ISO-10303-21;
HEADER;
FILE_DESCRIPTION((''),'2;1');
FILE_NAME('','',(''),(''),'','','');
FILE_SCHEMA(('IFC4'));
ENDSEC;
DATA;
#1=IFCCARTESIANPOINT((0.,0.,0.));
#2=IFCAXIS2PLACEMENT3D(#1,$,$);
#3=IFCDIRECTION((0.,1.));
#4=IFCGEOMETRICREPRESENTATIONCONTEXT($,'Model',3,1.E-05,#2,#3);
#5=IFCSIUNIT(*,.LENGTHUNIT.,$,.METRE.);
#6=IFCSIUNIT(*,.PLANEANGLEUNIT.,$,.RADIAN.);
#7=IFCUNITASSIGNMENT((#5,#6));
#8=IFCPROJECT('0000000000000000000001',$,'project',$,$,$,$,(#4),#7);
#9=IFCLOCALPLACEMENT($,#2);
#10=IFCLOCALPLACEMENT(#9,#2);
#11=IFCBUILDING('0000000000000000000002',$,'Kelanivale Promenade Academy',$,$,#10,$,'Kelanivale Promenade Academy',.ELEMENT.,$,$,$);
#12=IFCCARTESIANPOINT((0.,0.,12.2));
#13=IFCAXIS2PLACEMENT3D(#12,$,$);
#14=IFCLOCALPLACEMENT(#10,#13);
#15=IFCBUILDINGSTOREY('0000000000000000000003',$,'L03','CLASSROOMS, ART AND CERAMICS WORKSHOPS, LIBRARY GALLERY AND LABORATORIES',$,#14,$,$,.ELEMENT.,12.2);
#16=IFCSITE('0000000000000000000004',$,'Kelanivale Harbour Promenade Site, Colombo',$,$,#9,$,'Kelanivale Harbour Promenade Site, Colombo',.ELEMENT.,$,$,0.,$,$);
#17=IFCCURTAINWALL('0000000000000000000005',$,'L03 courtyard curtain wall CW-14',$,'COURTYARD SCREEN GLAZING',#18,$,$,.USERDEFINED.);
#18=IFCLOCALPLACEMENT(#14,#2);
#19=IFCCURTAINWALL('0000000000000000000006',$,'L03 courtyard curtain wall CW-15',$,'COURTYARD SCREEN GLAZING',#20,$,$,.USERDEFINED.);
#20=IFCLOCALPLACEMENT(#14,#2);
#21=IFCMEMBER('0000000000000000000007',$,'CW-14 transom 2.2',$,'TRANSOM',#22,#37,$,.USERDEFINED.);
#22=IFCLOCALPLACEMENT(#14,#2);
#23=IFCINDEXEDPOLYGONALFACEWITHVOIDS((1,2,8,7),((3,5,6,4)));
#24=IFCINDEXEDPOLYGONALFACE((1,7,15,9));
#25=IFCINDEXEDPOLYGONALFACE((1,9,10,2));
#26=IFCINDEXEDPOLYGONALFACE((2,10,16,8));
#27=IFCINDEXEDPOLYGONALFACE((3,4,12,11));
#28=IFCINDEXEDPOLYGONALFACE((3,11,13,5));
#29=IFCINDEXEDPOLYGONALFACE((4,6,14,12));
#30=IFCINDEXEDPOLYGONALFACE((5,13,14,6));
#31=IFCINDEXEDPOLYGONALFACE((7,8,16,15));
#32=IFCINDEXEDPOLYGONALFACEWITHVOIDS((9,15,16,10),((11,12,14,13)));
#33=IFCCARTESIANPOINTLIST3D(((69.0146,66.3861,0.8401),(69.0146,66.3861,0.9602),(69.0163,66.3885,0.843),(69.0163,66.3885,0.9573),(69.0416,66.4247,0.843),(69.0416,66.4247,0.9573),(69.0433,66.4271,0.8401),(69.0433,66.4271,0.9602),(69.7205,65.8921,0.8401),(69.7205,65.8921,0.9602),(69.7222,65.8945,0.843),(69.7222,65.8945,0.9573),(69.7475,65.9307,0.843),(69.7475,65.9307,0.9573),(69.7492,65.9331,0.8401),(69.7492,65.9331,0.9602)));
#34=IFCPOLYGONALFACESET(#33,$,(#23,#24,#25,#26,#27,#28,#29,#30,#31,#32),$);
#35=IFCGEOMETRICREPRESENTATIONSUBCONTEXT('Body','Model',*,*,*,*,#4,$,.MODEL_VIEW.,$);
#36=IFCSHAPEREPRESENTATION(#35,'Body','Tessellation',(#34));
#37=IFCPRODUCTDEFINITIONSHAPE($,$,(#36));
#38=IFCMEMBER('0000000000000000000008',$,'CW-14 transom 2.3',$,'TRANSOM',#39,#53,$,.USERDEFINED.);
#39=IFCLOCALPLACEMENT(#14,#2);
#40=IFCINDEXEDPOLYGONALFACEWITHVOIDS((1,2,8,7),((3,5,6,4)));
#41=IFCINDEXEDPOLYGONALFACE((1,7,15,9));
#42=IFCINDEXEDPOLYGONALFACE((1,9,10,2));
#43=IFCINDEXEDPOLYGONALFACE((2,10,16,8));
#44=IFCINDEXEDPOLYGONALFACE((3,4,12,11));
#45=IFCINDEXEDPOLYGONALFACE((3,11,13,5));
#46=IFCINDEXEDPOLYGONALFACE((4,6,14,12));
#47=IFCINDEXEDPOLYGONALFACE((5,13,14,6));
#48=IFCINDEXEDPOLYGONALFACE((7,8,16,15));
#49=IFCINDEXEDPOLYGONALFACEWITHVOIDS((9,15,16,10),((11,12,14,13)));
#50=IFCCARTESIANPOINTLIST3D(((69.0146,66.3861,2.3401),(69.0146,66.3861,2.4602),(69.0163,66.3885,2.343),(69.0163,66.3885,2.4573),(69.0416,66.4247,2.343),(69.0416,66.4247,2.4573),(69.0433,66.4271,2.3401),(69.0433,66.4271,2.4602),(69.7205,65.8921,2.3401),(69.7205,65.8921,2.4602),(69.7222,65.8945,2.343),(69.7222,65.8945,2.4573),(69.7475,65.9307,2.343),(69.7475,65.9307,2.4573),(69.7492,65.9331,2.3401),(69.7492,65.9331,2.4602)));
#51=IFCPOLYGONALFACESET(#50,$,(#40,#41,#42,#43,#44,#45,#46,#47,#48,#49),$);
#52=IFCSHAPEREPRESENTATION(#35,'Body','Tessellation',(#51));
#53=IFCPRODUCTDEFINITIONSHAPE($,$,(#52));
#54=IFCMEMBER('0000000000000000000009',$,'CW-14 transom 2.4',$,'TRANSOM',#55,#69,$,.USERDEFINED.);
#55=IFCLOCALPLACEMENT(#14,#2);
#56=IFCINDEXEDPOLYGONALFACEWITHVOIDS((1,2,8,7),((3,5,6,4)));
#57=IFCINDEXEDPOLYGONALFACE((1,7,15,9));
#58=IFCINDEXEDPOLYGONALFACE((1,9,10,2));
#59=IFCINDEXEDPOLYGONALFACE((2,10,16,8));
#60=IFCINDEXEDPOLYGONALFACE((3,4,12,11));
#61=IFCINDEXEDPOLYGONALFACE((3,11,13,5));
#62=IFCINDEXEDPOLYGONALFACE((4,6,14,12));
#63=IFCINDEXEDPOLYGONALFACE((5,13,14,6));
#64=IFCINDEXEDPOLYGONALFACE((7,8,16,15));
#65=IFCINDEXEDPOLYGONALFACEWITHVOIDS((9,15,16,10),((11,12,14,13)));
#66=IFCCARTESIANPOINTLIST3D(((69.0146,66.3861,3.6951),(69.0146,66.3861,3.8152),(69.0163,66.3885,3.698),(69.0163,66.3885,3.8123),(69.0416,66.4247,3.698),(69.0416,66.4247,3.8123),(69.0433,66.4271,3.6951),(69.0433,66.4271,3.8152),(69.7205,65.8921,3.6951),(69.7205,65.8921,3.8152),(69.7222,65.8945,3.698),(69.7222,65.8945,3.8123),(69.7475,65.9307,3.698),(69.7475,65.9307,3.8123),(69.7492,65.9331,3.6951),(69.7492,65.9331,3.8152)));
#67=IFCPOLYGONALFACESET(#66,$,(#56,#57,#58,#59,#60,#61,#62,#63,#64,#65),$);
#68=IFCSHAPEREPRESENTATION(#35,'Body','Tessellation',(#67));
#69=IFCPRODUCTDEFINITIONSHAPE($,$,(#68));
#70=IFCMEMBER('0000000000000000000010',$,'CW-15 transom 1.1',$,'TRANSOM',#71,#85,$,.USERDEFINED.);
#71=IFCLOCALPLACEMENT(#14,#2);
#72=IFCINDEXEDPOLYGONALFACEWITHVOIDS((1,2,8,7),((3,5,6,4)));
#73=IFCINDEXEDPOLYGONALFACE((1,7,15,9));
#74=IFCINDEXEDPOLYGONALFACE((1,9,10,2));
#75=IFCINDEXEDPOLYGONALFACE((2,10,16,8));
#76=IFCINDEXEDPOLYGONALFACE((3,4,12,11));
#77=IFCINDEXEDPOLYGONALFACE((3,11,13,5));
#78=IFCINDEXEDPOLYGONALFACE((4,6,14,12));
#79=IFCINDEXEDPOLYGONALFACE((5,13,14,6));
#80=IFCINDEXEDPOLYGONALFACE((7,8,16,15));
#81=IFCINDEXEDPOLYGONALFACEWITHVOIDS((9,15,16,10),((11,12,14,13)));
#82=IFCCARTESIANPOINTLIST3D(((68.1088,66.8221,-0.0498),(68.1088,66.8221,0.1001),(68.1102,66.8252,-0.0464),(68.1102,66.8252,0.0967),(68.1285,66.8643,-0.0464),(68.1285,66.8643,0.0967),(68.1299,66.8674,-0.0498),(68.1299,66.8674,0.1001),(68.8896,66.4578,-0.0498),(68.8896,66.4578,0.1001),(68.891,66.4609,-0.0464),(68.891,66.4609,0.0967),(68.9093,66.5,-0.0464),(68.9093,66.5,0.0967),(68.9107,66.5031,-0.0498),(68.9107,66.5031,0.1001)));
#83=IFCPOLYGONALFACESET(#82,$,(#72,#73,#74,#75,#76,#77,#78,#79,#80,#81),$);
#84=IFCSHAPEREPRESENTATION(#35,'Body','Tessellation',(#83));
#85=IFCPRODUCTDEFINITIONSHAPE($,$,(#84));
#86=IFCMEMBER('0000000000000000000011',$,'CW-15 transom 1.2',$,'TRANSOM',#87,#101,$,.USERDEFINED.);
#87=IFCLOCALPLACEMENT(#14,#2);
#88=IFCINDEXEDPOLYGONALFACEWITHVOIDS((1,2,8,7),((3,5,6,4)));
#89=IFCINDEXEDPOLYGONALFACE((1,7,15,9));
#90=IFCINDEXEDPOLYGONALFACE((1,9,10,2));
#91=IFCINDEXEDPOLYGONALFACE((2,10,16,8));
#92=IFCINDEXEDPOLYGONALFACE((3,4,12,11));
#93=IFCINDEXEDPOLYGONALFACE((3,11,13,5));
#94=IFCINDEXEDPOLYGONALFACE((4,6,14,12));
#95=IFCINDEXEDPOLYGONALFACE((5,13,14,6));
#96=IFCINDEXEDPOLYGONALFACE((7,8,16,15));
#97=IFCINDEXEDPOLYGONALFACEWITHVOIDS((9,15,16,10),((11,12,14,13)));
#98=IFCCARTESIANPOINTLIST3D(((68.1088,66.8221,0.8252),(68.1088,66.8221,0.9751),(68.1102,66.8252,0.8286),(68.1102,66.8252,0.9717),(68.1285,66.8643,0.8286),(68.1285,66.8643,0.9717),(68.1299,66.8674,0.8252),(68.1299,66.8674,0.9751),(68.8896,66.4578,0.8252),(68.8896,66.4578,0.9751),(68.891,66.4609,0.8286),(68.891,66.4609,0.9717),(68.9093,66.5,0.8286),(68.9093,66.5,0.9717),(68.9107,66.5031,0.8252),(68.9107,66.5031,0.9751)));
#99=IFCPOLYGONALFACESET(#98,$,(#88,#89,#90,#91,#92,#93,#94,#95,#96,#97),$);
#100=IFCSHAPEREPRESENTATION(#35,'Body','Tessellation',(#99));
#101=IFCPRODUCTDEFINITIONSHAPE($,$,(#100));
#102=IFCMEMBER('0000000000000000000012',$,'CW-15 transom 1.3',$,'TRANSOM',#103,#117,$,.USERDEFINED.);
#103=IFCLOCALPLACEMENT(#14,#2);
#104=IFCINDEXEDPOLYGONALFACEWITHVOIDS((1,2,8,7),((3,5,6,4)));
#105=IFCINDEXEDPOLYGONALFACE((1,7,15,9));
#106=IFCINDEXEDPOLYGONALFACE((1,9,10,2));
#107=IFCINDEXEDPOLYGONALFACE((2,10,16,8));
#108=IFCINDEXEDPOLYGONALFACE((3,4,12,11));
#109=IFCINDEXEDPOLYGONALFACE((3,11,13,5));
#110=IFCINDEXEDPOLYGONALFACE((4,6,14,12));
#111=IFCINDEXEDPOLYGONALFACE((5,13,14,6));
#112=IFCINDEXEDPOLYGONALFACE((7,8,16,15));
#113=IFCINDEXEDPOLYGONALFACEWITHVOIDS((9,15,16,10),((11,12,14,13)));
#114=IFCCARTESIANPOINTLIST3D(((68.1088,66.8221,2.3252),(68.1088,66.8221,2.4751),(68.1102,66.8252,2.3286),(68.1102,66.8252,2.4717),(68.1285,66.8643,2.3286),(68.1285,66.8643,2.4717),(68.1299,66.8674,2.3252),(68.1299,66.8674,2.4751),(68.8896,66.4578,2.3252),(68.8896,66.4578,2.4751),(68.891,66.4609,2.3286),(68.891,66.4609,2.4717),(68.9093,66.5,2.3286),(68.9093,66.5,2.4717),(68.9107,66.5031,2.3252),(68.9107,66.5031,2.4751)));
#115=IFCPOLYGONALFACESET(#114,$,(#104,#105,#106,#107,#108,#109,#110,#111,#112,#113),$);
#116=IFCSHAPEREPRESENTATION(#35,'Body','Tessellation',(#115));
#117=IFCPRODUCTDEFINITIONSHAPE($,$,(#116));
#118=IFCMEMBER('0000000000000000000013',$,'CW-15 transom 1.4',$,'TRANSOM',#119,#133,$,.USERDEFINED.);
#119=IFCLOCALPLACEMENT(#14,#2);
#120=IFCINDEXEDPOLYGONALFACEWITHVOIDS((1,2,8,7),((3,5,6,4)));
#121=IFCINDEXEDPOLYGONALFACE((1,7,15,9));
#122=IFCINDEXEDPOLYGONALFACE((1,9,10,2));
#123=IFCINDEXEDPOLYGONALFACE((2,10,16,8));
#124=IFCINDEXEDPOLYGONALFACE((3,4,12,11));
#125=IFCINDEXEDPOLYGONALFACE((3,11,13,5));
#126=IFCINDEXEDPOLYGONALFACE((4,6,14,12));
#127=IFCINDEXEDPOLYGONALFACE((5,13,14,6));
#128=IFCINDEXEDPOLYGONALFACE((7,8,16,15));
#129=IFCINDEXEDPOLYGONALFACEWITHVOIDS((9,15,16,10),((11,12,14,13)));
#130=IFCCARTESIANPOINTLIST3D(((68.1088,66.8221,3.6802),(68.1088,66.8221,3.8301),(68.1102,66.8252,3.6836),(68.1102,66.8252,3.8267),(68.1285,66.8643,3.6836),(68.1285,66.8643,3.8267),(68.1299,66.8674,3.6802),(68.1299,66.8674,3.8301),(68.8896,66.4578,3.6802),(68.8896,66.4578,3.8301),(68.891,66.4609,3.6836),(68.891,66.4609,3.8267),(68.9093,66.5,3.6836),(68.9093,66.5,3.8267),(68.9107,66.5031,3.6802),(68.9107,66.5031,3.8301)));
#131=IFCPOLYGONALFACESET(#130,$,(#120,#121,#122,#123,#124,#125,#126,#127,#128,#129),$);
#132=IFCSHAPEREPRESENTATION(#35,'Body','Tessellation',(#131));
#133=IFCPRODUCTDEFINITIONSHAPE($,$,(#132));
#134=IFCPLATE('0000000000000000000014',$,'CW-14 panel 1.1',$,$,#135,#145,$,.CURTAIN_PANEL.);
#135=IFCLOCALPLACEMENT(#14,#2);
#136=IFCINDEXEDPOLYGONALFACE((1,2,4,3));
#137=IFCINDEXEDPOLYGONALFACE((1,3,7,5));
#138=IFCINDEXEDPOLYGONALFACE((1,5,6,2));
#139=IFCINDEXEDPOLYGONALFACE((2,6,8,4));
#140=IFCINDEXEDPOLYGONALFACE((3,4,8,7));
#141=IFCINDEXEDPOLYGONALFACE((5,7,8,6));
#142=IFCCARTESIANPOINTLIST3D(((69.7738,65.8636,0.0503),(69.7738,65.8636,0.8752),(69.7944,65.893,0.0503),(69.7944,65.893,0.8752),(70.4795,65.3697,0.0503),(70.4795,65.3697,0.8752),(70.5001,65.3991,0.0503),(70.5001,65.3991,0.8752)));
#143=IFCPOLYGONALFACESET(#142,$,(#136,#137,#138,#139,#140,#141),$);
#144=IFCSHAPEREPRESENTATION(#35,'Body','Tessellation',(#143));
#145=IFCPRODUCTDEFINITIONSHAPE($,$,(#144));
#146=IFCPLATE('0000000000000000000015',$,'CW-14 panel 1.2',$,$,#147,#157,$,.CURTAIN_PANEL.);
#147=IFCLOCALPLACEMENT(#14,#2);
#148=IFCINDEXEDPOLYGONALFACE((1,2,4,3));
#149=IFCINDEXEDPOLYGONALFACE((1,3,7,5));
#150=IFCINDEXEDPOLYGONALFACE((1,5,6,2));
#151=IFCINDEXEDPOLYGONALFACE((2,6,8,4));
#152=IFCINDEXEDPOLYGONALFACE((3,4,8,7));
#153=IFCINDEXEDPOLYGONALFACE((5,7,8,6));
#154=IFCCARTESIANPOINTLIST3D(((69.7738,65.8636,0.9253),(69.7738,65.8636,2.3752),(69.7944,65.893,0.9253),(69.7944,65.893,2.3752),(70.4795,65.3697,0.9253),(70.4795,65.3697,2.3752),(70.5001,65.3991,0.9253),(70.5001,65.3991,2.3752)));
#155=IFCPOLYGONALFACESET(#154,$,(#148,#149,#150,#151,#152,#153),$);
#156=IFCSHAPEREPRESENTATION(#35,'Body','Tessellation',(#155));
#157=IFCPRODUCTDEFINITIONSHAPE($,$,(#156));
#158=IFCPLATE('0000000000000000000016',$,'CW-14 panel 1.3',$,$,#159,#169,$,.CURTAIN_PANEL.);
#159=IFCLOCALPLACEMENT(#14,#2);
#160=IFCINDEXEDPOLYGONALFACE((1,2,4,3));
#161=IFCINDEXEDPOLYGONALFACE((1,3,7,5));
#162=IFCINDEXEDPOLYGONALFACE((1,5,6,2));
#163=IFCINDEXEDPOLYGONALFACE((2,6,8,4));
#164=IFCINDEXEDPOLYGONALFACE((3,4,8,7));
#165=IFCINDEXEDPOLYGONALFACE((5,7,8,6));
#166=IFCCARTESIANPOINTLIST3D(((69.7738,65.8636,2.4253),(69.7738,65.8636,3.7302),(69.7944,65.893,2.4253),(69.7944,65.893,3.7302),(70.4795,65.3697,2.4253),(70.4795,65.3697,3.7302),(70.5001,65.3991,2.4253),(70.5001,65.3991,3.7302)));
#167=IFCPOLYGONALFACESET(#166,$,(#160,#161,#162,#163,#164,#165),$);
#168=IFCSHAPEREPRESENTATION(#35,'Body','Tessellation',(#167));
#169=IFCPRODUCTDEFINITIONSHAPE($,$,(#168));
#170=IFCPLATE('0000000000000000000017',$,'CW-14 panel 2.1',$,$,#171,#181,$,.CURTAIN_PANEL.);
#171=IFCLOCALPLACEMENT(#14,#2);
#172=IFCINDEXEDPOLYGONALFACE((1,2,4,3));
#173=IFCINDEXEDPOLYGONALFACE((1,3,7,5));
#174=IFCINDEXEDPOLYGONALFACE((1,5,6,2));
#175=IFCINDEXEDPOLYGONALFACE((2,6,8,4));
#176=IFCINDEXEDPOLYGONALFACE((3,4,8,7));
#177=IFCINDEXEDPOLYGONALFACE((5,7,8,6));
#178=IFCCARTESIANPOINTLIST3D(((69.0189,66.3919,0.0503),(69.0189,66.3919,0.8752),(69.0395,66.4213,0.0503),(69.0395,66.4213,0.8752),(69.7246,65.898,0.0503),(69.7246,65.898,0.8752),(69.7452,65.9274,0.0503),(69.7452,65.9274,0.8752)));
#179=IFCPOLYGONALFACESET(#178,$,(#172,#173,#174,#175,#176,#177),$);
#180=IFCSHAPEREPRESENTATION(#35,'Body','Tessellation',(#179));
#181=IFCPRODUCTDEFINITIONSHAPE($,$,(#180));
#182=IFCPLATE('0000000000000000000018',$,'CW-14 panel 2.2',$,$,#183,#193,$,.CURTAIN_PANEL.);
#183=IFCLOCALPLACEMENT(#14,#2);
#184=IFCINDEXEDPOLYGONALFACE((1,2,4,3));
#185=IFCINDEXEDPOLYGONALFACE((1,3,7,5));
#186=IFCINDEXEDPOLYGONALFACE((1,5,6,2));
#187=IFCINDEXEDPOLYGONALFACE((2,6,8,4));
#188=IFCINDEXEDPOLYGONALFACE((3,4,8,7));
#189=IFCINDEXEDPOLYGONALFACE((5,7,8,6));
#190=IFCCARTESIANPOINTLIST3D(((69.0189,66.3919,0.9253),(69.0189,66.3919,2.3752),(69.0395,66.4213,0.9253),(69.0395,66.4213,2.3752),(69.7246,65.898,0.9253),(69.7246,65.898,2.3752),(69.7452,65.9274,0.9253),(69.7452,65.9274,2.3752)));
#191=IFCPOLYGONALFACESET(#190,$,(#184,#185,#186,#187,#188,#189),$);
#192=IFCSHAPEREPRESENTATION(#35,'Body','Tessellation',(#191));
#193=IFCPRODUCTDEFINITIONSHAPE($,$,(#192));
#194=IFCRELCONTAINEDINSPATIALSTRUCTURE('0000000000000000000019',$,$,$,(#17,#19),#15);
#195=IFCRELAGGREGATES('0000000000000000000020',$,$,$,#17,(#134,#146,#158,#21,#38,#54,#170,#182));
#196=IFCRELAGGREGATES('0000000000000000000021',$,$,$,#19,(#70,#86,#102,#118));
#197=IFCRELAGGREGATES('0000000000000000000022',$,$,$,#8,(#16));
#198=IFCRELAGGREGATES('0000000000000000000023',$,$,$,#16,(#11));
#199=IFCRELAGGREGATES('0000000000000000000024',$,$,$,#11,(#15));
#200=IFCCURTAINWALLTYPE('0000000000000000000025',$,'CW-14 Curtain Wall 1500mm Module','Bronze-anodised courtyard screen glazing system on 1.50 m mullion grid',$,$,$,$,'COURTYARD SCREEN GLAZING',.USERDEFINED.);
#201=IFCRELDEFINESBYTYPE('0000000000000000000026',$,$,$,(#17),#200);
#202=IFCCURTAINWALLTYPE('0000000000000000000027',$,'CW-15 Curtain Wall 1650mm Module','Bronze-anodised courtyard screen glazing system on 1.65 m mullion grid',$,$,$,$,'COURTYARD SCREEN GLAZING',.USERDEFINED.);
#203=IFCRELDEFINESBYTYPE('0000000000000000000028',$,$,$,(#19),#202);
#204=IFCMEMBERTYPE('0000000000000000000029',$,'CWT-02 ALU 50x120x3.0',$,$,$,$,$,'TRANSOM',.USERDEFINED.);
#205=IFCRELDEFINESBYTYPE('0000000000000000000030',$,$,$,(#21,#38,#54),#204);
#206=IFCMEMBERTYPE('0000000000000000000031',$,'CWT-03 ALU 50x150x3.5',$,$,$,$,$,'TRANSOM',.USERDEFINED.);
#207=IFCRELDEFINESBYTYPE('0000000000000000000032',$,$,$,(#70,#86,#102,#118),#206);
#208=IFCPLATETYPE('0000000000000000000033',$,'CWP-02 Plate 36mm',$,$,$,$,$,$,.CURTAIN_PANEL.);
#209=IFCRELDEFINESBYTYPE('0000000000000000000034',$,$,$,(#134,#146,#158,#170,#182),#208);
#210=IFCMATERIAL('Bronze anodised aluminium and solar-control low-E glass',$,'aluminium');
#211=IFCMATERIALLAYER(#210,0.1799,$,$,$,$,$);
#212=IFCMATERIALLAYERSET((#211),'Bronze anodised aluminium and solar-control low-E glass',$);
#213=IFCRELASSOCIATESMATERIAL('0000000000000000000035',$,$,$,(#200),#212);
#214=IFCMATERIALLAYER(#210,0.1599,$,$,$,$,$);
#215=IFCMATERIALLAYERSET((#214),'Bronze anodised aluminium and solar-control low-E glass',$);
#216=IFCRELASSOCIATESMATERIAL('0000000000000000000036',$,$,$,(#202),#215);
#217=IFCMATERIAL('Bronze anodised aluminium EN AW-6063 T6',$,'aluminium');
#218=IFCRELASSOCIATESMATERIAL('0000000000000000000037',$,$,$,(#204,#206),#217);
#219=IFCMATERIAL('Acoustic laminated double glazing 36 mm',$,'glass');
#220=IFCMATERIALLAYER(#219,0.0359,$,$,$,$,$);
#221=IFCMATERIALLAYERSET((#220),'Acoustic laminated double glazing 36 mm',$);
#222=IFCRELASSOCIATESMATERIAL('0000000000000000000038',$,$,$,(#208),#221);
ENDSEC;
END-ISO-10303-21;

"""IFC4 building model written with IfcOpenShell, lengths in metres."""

from ifc_helpers import new_model, si_unit, direction, frame, origin, origin_2d, place, context, subcontext, project, spatial, rectangle, hollow_rectangle, extrude, material, layer, layer_set, material_profile, profile_set, type_object, element, aggregate, save


model = new_model("IFC4")

# Units and contexts
model_context = context("Model", 3, precision=1e-05, world=origin(), true_north=direction((0.0, 1.0)))
body_context = subcontext(model_context, "Body", "Model", "MODEL_VIEW")
ifc_project = project(units=[si_unit("LENGTHUNIT", "METRE"), si_unit("PLANEANGLEUNIT", "RADIAN")], contexts=[model_context])

# Site, building, storey
site_placement = place(None, origin())
site = spatial("IfcSite", under=ifc_project, at=site_placement, Name="Kelanivale Harbour Promenade Site, Colombo", LongName="Kelanivale Harbour Promenade Site, Colombo", CompositionType="ELEMENT", RefElevation=0.0)
building_placement = place(site_placement, origin())
building = spatial("IfcBuilding", under=site, at=building_placement, Name="Kelanivale Promenade Academy", LongName="Kelanivale Promenade Academy", CompositionType="ELEMENT")
storey_placement = place(building_placement, frame((0.0, 0.0, 12.2)))
storey = spatial("IfcBuildingStorey", under=building, at=storey_placement, Name="L03", Description="CLASSROOMS, ART AND CERAMICS WORKSHOPS, LIBRARY GALLERY AND LABORATORIES", CompositionType="ELEMENT", Elevation=12.2)

# Shared definitions
ifc_material_1 = material(Name="Bronze anodised aluminium and solar-control low-E glass", Category="aluminium")
ifc_material_2 = material(Name="Bronze anodised aluminium EN AW-6063 T6", Category="aluminium")

# Curtain wall
ifc_layer_1 = layer(ifc_material_1, 0.1799)
ifc_layer_set_1 = layer_set([ifc_layer_1], Name="Bronze anodised aluminium and solar-control low-E glass")
curtain_wall_type_1 = type_object("IfcCurtainWallType", Name="CW-14 Curtain Wall 1500mm Module", Description="Bronze-anodised courtyard screen glazing system on 1.50 m mullion grid", ElementType="COURTYARD SCREEN GLAZING", PredefinedType="USERDEFINED", material=ifc_layer_set_1)
curtain_wall_1_placement = place(storey_placement, origin())
curtain_wall_1 = element("IfcCurtainWall", 1, at=curtain_wall_1_placement, inside=storey, type_object=curtain_wall_type_1, Name="L03 courtyard curtain wall CW-14", ObjectType="COURTYARD SCREEN GLAZING", PredefinedType="USERDEFINED")

# Curtain wall
ifc_layer_2 = layer(ifc_material_1, 0.1599)
ifc_layer_set_2 = layer_set([ifc_layer_2], Name="Bronze anodised aluminium and solar-control low-E glass")
curtain_wall_type_2 = type_object("IfcCurtainWallType", Name="CW-15 Curtain Wall 1650mm Module", Description="Bronze-anodised courtyard screen glazing system on 1.65 m mullion grid", ElementType="COURTYARD SCREEN GLAZING", PredefinedType="USERDEFINED", material=ifc_layer_set_2)
curtain_wall_2_placement = place(storey_placement, origin())
curtain_wall_2 = element("IfcCurtainWall", 2, at=curtain_wall_2_placement, inside=storey, type_object=curtain_wall_type_2, Name="L03 courtyard curtain wall CW-15", ObjectType="COURTYARD SCREEN GLAZING", PredefinedType="USERDEFINED")

# Members
ifc_material_profile_1 = material_profile(ifc_material_2, hollow_rectangle(XDim=0.05, YDim=0.1201, WallThickness=0.0029, at=origin_2d()), Name="ALU 50x120x3.0")
ifc_profile_set_1 = profile_set([ifc_material_profile_1], Name="Bronze anodised aluminium EN AW-6063 T6")
member_type_1 = type_object("IfcMemberType", Name="CWT-02 ALU 50x120x3.0", ElementType="TRANSOM", PredefinedType="USERDEFINED", material=ifc_profile_set_1)
member_1_placement = place(storey_placement, frame((69.7349, 65.9126, 0.9001), z_axis=(-0.819325, 0.573329, 0.0), x_axis=(-0.573329, -0.819325, 0.0)))
member_1 = element("IfcMember", 3, at=member_1_placement, type_object=member_type_1, Name="CW-14 transom 2.2", ObjectType="TRANSOM", PredefinedType="USERDEFINED", context=body_context, shape_type="SweptSolid", body=[
    extrude(hollow_rectangle(XDim=0.05, YDim=0.1201, WallThickness=0.0029, at=origin_2d()), origin(), (0.0, 0.0, 1.0), 0.8616),
])
member_2_placement = place(storey_placement, frame((69.7349, 65.9126, 2.4001), z_axis=(-0.819325, 0.573329, 0.0), x_axis=(-0.573329, -0.819325, 0.0)))
member_2 = element("IfcMember", 4, at=member_2_placement, type_object=member_type_1, Name="CW-14 transom 2.3", ObjectType="TRANSOM", PredefinedType="USERDEFINED", context=body_context, shape_type="SweptSolid", body=[
    extrude(hollow_rectangle(XDim=0.05, YDim=0.1201, WallThickness=0.0029, at=origin_2d()), origin(), (0.0, 0.0, 1.0), 0.8616),
])
member_3_placement = place(storey_placement, frame((69.7349, 65.9126, 3.7551), z_axis=(-0.819325, 0.573329, 0.0), x_axis=(-0.573329, -0.819325, 0.0)))
member_3 = element("IfcMember", 5, at=member_3_placement, type_object=member_type_1, Name="CW-14 transom 2.4", ObjectType="TRANSOM", PredefinedType="USERDEFINED", context=body_context, shape_type="SweptSolid", body=[
    extrude(hollow_rectangle(XDim=0.05, YDim=0.1201, WallThickness=0.0029, at=origin_2d()), origin(), (0.0, 0.0, 1.0), 0.8616),
])
ifc_material_profile_2 = material_profile(ifc_material_2, hollow_rectangle(XDim=0.05, YDim=0.1499, WallThickness=0.0034, at=origin_2d()), Name="ALU 50x150x3.5")
ifc_profile_set_2 = profile_set([ifc_material_profile_2], Name="Bronze anodised aluminium EN AW-6063 T6")
member_type_2 = type_object("IfcMemberType", Name="CWT-03 ALU 50x150x3.5", ElementType="TRANSOM", PredefinedType="USERDEFINED", material=ifc_profile_set_2)
member_4_placement = place(storey_placement, frame((68.9001, 66.4805, 0.0251), z_axis=(-0.906227, 0.422792, 0.0), x_axis=(-0.422792, -0.906227, 0.0)))
member_4 = element("IfcMember", 6, at=member_4_placement, type_object=member_type_2, Name="CW-15 transom 1.1", ObjectType="TRANSOM", PredefinedType="USERDEFINED", context=body_context, shape_type="SweptSolid", body=[
    extrude(hollow_rectangle(XDim=0.05, YDim=0.1499, WallThickness=0.0034, at=origin_2d()), origin(), (0.0, 0.0, 1.0), 0.8616),
])
member_5_placement = place(storey_placement, frame((68.9001, 66.4805, 0.9001), z_axis=(-0.906227, 0.422792, 0.0), x_axis=(-0.422792, -0.906227, 0.0)))
member_5 = element("IfcMember", 7, at=member_5_placement, type_object=member_type_2, Name="CW-15 transom 1.2", ObjectType="TRANSOM", PredefinedType="USERDEFINED", context=body_context, shape_type="SweptSolid", body=[
    extrude(hollow_rectangle(XDim=0.05, YDim=0.1499, WallThickness=0.0034, at=origin_2d()), origin(), (0.0, 0.0, 1.0), 0.8616),
])
member_6_placement = place(storey_placement, frame((68.9001, 66.4805, 2.4001), z_axis=(-0.906227, 0.422792, 0.0), x_axis=(-0.422792, -0.906227, 0.0)))
member_6 = element("IfcMember", 8, at=member_6_placement, type_object=member_type_2, Name="CW-15 transom 1.3", ObjectType="TRANSOM", PredefinedType="USERDEFINED", context=body_context, shape_type="SweptSolid", body=[
    extrude(hollow_rectangle(XDim=0.05, YDim=0.1499, WallThickness=0.0034, at=origin_2d()), origin(), (0.0, 0.0, 1.0), 0.8616),
])
member_7_placement = place(storey_placement, frame((68.9001, 66.4805, 3.7551), z_axis=(-0.906227, 0.422792, 0.0), x_axis=(-0.422792, -0.906227, 0.0)))
member_7 = element("IfcMember", 9, at=member_7_placement, type_object=member_type_2, Name="CW-15 transom 1.4", ObjectType="TRANSOM", PredefinedType="USERDEFINED", context=body_context, shape_type="SweptSolid", body=[
    extrude(hollow_rectangle(XDim=0.05, YDim=0.1499, WallThickness=0.0034, at=origin_2d()), origin(), (0.0, 0.0, 1.0), 0.8616),
])

# Plates
ifc_material_3 = material(Name="Acoustic laminated double glazing 36 mm", Category="glass")
ifc_layer_3 = layer(ifc_material_3, 0.0359)
ifc_layer_set_3 = layer_set([ifc_layer_3], Name="Acoustic laminated double glazing 36 mm")
plate_type_1 = type_object("IfcPlateType", Name="CWP-02 Plate 36mm", PredefinedType="CURTAIN_PANEL", material=ifc_layer_set_3)
plate_1_placement = place(storey_placement, frame((70.137, 65.6313, 0.0503), z_axis=(0.0, 0.0, 1.0), x_axis=(-0.819306, 0.573357, 0.0)))
plate_1 = element("IfcPlate", 10, at=plate_1_placement, type_object=plate_type_1, Name="CW-14 panel 1.1", PredefinedType="CURTAIN_PANEL", context=body_context, shape_type="SweptSolid", body=[
    extrude(rectangle(XDim=0.8613, YDim=0.0359, at=origin_2d()), origin(), (0.0, 0.0, 1.0), 0.825),
])
plate_2_placement = place(storey_placement, frame((70.137, 65.6313, 0.9253), z_axis=(0.0, 0.0, 1.0), x_axis=(-0.819306, 0.573357, 0.0)))
plate_2 = element("IfcPlate", 11, at=plate_2_placement, type_object=plate_type_1, Name="CW-14 panel 1.2", PredefinedType="CURTAIN_PANEL", context=body_context, shape_type="SweptSolid", body=[
    extrude(rectangle(XDim=0.8613, YDim=0.0359, at=origin_2d()), origin(), (0.0, 0.0, 1.0), 1.45),
])
plate_3_placement = place(storey_placement, frame((70.137, 65.6313, 2.4253), z_axis=(0.0, 0.0, 1.0), x_axis=(-0.819306, 0.573357, 0.0)))
plate_3 = element("IfcPlate", 12, at=plate_3_placement, type_object=plate_type_1, Name="CW-14 panel 1.3", PredefinedType="CURTAIN_PANEL", context=body_context, shape_type="SweptSolid", body=[
    extrude(rectangle(XDim=0.8613, YDim=0.0359, at=origin_2d()), origin(), (0.0, 0.0, 1.0), 1.3049),
])
plate_4_placement = place(storey_placement, frame((69.3821, 66.1597, 0.0503), z_axis=(0.0, 0.0, 1.0), x_axis=(-0.819306, 0.573357, 0.0)))
plate_4 = element("IfcPlate", 13, at=plate_4_placement, type_object=plate_type_1, Name="CW-14 panel 2.1", PredefinedType="CURTAIN_PANEL", context=body_context, shape_type="SweptSolid", body=[
    extrude(rectangle(XDim=0.8613, YDim=0.0359, at=origin_2d()), origin(), (0.0, 0.0, 1.0), 0.825),
])
plate_5_placement = place(storey_placement, frame((69.3821, 66.1597, 0.9253), z_axis=(0.0, 0.0, 1.0), x_axis=(-0.819306, 0.573357, 0.0)))
plate_5 = element("IfcPlate", 14, at=plate_5_placement, type_object=plate_type_1, Name="CW-14 panel 2.2", PredefinedType="CURTAIN_PANEL", context=body_context, shape_type="SweptSolid", body=[
    extrude(rectangle(XDim=0.8613, YDim=0.0359, at=origin_2d()), origin(), (0.0, 0.0, 1.0), 1.45),
])
aggregate(curtain_wall_1, [plate_1, plate_2, plate_3, member_1, member_2, member_3, plate_4, plate_5])
aggregate(curtain_wall_2, [member_4, member_5, member_6, member_7])

save(model, "model.ifc")
